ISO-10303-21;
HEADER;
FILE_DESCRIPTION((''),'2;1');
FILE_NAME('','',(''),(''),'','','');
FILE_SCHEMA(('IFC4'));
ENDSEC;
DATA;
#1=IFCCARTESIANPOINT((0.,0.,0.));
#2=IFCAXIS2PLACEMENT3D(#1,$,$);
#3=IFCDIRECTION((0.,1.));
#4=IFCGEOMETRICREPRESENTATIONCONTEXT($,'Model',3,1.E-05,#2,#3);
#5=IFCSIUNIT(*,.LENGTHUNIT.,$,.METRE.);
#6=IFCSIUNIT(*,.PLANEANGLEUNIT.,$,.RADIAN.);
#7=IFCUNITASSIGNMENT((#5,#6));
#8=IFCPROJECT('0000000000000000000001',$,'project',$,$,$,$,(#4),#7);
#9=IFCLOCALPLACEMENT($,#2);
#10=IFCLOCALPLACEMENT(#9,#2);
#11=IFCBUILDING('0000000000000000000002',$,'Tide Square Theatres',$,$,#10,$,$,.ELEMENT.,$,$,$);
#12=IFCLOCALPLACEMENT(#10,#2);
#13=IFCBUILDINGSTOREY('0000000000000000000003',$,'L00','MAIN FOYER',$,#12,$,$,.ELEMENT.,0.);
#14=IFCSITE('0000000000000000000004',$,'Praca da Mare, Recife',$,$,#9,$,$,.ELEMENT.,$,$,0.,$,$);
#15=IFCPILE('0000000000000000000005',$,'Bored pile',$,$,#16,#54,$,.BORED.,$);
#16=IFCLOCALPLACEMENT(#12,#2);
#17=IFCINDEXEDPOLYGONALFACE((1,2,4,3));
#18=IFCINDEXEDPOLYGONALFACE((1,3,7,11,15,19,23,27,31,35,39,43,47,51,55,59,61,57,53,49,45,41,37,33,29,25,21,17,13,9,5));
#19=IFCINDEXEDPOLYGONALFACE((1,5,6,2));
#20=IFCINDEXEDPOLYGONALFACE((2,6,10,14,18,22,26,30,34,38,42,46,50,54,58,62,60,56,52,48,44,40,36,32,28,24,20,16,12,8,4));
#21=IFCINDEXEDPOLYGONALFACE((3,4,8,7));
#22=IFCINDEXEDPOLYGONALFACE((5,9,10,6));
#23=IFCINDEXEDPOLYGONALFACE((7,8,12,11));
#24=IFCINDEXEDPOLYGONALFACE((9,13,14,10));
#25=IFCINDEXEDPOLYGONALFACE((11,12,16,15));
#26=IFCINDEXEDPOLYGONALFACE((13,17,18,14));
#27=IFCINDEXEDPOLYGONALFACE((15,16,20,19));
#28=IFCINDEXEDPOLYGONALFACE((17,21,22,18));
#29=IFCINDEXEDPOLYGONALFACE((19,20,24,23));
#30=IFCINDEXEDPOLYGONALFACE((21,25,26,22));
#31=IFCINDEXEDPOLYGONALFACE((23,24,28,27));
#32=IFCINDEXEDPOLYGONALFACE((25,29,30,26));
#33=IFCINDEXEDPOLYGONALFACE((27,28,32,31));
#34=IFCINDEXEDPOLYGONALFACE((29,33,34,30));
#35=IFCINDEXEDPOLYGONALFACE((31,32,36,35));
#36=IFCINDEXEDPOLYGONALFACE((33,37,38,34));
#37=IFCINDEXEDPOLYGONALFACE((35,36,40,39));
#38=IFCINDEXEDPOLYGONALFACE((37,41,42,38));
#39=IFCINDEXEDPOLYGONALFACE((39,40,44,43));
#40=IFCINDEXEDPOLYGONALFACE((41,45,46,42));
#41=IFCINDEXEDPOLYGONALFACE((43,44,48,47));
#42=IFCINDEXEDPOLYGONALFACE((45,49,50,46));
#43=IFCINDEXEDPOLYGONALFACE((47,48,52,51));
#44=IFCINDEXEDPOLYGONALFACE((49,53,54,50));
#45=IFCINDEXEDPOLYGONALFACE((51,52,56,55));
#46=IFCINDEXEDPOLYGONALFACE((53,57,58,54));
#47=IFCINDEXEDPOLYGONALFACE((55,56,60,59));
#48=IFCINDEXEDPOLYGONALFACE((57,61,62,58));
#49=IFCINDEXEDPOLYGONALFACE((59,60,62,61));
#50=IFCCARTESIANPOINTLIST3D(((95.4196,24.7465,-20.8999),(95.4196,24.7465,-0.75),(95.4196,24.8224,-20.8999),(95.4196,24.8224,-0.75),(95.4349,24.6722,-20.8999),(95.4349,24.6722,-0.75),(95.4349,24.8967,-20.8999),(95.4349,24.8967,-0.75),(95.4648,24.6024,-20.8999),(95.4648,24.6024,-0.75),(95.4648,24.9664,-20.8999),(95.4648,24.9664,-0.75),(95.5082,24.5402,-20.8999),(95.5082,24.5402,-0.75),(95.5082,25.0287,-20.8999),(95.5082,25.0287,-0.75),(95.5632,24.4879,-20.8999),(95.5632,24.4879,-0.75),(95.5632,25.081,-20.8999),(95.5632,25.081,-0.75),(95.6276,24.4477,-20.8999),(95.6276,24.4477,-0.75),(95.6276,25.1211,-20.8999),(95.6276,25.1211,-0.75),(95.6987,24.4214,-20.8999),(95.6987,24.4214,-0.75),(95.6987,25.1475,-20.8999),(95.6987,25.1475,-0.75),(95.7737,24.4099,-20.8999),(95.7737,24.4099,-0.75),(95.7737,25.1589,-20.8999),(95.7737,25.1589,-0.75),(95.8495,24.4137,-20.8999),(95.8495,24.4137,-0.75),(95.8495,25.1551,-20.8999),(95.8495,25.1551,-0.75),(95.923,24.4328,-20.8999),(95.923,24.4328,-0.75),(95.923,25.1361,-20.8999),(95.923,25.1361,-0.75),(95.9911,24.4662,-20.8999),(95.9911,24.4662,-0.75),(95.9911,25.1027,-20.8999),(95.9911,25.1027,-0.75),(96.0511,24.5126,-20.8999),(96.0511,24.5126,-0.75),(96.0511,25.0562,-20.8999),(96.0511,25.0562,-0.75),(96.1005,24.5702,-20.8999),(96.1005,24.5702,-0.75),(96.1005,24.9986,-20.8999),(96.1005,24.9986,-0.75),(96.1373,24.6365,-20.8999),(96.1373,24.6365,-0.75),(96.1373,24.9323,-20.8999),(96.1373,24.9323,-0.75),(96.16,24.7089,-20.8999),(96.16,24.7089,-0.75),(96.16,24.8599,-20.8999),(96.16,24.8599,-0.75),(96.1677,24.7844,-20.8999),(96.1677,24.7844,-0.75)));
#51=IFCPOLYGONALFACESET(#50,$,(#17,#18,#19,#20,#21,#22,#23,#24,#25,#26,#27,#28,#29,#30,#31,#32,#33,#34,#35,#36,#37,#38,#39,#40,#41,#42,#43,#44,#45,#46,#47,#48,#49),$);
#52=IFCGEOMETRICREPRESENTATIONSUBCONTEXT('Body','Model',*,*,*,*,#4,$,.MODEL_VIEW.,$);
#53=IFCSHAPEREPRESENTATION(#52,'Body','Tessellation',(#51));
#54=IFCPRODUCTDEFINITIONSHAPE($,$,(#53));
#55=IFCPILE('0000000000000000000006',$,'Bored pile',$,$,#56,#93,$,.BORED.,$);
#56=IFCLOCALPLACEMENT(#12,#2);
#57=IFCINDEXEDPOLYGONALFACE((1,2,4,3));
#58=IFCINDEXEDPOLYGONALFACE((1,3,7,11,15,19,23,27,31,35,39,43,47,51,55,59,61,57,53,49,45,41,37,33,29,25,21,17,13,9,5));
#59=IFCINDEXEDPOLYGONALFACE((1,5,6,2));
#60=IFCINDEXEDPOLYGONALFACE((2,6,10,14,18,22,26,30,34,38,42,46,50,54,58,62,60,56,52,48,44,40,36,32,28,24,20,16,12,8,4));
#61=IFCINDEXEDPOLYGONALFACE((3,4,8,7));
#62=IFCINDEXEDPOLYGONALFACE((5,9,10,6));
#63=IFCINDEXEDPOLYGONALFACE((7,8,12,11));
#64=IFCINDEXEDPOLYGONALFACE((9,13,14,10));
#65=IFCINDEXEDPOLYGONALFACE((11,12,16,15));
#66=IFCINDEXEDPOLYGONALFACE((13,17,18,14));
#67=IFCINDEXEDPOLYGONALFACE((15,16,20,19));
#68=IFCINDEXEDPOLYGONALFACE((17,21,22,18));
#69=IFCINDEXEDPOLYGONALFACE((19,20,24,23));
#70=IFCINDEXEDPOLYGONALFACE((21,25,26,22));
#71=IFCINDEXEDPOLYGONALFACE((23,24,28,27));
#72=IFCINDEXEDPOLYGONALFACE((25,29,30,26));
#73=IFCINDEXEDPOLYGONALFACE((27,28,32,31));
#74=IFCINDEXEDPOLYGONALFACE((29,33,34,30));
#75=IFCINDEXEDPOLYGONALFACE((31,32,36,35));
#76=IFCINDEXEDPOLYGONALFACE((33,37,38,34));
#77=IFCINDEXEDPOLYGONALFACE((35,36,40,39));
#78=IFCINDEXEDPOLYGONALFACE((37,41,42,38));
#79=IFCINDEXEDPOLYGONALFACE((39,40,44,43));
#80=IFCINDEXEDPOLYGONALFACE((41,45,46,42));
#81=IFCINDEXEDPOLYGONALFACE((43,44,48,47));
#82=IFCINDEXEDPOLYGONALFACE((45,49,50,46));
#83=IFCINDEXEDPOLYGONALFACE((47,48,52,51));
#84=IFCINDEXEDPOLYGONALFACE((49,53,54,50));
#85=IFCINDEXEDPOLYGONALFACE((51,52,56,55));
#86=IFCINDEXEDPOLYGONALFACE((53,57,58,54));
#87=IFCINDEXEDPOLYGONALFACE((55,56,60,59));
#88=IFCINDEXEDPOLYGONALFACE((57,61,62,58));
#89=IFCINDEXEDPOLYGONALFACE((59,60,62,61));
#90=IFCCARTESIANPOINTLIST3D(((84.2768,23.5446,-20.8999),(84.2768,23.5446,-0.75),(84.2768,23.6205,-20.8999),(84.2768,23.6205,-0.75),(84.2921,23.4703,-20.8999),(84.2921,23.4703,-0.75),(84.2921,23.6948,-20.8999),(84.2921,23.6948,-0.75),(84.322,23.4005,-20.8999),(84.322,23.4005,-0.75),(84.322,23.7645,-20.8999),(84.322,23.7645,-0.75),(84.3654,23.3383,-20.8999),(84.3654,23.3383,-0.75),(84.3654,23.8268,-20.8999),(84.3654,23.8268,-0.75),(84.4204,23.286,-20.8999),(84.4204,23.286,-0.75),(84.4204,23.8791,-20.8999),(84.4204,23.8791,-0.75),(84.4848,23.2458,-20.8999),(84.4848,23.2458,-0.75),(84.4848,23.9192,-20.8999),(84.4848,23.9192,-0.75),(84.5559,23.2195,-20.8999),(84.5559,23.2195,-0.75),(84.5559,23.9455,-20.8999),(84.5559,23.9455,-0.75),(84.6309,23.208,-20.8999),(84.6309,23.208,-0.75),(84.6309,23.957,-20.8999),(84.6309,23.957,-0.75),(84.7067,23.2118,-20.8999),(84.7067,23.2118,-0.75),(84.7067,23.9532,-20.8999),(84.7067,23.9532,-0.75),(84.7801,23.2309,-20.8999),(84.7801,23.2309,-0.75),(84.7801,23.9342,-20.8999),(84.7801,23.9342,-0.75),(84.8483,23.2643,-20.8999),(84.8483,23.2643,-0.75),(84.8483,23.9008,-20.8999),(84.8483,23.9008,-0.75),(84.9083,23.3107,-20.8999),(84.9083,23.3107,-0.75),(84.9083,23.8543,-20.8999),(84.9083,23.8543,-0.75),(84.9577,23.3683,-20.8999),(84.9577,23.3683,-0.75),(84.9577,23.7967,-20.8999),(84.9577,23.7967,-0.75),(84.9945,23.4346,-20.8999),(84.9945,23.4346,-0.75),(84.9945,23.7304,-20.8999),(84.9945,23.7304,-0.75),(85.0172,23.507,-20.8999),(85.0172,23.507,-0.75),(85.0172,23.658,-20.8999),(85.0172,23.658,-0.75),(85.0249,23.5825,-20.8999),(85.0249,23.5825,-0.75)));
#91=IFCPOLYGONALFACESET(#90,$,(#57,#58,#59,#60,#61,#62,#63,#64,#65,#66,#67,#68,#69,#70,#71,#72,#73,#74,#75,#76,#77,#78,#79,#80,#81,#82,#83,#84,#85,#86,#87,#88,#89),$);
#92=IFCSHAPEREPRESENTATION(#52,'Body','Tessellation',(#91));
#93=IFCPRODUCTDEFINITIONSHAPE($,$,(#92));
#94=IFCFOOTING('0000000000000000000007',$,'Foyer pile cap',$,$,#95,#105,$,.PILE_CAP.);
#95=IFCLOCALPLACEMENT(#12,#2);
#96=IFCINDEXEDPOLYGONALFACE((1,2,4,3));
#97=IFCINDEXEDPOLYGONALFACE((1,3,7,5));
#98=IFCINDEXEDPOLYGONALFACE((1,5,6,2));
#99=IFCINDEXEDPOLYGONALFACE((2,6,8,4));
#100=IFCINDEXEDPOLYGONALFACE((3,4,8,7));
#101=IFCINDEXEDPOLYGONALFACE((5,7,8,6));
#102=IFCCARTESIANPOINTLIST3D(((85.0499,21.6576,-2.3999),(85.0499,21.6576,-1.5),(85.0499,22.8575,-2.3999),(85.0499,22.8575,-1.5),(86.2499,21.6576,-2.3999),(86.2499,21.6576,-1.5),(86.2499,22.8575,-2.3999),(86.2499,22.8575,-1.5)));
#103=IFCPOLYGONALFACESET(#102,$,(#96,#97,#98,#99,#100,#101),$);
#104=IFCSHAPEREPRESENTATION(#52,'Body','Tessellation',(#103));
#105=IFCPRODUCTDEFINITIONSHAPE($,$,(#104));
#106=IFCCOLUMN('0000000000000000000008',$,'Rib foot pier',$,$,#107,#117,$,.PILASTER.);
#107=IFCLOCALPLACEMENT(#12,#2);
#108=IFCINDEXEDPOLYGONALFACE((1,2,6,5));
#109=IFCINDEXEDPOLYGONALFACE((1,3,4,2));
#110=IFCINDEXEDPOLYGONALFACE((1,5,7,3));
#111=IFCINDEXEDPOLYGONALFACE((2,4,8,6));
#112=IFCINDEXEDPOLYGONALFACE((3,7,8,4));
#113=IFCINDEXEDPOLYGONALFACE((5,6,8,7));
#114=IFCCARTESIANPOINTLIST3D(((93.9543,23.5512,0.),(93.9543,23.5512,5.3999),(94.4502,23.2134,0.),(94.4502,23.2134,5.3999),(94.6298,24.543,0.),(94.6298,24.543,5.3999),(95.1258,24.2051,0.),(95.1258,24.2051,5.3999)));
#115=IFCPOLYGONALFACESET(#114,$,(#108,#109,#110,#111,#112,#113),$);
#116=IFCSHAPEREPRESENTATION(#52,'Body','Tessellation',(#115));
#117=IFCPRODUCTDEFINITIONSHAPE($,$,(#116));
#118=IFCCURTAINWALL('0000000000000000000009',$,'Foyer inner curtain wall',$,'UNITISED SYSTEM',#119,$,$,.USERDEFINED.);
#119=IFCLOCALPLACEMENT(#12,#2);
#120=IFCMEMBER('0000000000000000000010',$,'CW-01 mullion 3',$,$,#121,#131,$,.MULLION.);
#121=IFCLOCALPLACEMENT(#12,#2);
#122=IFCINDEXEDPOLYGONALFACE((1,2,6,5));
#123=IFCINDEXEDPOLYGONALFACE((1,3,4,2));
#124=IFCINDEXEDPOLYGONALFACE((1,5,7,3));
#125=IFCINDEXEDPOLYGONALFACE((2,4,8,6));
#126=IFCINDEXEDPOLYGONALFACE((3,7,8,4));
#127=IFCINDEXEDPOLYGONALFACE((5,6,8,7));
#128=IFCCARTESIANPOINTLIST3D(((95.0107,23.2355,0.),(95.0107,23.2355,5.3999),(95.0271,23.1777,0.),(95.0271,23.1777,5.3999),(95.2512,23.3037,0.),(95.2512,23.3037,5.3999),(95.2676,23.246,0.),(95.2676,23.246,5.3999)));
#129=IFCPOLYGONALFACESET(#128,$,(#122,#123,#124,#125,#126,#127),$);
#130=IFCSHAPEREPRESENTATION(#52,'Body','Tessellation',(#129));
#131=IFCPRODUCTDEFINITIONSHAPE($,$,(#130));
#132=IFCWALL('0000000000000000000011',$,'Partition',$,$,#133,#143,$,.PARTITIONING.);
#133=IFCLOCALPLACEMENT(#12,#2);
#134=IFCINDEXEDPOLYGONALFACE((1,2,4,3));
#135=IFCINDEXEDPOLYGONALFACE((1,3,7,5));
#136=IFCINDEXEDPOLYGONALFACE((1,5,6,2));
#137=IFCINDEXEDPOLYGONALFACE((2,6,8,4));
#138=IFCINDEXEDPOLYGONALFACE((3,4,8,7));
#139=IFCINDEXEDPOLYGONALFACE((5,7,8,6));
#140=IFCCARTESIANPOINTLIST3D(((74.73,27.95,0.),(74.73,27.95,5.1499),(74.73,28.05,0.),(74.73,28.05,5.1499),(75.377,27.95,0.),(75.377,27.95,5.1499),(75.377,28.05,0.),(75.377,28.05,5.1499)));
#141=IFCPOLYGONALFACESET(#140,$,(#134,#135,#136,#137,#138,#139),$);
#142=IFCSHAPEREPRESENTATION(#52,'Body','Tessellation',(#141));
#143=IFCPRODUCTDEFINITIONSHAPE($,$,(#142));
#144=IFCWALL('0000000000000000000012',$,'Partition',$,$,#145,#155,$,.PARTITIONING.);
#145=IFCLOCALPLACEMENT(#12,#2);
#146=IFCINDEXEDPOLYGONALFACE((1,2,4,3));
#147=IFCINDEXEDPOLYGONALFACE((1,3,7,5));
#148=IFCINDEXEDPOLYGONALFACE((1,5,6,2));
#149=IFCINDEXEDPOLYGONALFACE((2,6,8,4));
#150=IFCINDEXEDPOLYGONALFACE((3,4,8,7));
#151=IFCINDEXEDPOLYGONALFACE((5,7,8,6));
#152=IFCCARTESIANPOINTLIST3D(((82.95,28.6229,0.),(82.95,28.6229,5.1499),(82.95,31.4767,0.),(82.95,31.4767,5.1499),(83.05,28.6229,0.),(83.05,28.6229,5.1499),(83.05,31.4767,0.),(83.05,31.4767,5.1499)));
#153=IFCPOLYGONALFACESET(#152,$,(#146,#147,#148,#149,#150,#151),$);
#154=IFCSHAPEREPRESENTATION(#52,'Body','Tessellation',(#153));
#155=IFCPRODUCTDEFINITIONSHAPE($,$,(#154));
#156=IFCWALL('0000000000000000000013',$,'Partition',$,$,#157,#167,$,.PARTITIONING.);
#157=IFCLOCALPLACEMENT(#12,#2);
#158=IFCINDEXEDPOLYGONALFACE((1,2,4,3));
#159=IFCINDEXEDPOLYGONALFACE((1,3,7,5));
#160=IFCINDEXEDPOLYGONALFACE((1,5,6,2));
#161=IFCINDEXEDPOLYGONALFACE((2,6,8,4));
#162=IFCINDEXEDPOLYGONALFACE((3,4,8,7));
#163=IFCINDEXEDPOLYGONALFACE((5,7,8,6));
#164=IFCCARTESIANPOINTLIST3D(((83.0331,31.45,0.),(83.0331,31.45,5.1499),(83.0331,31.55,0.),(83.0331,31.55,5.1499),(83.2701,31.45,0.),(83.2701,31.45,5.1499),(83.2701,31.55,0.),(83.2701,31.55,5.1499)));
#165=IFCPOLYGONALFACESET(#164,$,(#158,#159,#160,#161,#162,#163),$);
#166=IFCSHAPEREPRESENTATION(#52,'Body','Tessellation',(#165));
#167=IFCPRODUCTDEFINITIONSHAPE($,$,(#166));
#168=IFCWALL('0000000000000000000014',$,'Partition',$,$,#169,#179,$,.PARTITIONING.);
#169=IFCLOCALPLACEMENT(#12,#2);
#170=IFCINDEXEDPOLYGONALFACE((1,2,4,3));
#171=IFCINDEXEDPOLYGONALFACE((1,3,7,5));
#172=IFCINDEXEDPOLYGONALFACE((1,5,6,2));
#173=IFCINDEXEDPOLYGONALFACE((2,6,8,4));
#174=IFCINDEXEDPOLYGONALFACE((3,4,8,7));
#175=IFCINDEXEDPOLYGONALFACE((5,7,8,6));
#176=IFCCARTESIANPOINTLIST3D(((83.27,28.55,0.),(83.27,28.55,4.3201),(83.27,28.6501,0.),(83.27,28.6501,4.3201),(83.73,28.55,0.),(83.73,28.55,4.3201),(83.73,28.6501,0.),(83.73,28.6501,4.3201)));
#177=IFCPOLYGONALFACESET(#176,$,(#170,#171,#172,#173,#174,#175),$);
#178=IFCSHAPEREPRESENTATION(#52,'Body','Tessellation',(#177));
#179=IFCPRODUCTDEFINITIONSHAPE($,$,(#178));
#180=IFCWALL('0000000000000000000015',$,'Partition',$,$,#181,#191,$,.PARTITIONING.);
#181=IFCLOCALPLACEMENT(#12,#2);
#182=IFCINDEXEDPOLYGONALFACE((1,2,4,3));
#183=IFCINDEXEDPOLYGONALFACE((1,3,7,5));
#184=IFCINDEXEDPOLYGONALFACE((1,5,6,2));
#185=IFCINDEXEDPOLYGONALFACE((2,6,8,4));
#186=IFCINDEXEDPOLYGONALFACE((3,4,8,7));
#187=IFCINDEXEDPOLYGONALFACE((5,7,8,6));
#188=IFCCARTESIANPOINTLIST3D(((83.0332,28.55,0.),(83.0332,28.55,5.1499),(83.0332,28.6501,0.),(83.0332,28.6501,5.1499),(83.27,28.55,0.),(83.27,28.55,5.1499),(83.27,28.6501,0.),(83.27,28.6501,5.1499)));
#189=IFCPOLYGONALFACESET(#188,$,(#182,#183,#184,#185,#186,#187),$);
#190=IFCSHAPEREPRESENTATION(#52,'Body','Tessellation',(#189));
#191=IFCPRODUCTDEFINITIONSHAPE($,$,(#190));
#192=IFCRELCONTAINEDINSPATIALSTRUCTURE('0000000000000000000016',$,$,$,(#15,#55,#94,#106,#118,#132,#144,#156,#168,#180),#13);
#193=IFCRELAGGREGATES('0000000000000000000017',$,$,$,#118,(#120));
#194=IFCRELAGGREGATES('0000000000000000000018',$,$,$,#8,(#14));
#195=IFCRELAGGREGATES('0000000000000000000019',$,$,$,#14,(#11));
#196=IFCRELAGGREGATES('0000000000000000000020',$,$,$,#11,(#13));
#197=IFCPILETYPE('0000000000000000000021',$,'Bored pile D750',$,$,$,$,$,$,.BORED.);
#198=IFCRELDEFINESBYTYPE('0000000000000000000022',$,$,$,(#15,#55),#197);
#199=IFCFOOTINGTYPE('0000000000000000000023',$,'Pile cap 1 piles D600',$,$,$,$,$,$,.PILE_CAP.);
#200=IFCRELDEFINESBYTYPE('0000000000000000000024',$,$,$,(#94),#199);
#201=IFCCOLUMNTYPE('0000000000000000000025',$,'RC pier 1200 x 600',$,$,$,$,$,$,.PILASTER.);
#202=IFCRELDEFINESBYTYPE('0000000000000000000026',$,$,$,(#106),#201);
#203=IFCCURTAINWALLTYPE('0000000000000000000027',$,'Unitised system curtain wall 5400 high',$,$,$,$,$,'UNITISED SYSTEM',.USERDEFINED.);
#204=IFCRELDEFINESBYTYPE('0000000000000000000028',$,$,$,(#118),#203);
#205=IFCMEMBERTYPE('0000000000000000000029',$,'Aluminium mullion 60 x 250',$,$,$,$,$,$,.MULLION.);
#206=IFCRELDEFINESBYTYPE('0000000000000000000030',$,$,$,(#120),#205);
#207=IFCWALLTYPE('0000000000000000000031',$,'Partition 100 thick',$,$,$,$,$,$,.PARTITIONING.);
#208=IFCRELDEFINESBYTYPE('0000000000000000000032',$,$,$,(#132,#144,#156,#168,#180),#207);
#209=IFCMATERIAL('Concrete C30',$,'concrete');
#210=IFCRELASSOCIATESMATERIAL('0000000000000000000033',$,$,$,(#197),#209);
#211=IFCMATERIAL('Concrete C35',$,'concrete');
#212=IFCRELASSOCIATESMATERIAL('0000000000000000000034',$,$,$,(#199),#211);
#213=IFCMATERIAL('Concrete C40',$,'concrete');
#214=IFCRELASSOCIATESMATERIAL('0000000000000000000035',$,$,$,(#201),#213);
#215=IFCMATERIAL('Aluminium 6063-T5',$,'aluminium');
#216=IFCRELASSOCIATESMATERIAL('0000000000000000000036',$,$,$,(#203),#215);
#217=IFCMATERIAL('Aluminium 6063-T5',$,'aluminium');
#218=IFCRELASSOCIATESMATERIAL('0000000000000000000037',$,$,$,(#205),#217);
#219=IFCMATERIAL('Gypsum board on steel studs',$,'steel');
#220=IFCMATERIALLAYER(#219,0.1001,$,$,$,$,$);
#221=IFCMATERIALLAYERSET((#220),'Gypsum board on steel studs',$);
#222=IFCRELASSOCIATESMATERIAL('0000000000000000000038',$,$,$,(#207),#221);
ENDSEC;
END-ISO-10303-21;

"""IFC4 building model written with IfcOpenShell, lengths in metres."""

from ifc_helpers import new_model, si_unit, direction, frame, frame_2d, origin, origin_2d, place, context, subcontext, project, spatial, rectangle, circle, extrude, material, layer, layer_set, material_profile, profile_set, type_object, element, aggregate, save


model = new_model("IFC4")

# Units and contexts
model_context = context("Model", 3, precision=1e-05, world=origin(), true_north=direction((0.0, 1.0)))
body_context = subcontext(model_context, "Body", "Model", "MODEL_VIEW")
ifc_project = project(units=[si_unit("LENGTHUNIT", "METRE"), si_unit("PLANEANGLEUNIT", "RADIAN")], contexts=[model_context])

# Site, building, storey
site_placement = place(None, origin())
site = spatial("IfcSite", under=ifc_project, at=site_placement, Name="Praca da Mare, Recife", CompositionType="ELEMENT", RefElevation=0.0)
building_placement = place(site_placement, origin())
building = spatial("IfcBuilding", under=site, at=building_placement, Name="Tide Square Theatres", CompositionType="ELEMENT")
storey_placement = place(building_placement, origin())
storey = spatial("IfcBuildingStorey", under=building, at=storey_placement, Name="L00", Description="MAIN FOYER", CompositionType="ELEMENT", Elevation=0.0)

# Piles
ifc_material_1 = material(Name="Concrete C30", Category="concrete")
ifc_material_profile_1 = material_profile(ifc_material_1, circle(Radius=0.375, at=origin_2d()))
ifc_profile_set_1 = profile_set([ifc_material_profile_1], Name="Concrete C30")
pile_type_1 = type_object("IfcPileType", Name="Bored pile D750", PredefinedType="BORED", material=ifc_profile_set_1)
for number, where, z_axis, x_axis, name in (
    (1, (95.7927, 24.7844, -0.75), (0.0, 0.0, -1.0), (1.0, 0.0, 0.0), "Bored pile"),
    (2, (84.6499, 23.5825, -0.75), (0.0, 0.0, -1.0), (1.0, 0.0, 0.0), "Bored pile"),
):
    element("IfcPile", number, at=place(storey_placement, frame(where, z_axis=z_axis, x_axis=x_axis)), inside=storey, type_object=pile_type_1, Name=name, PredefinedType="BORED", context=body_context, shape_type="SweptSolid", body=[
        extrude(circle(Radius=0.375, at=origin_2d()), origin(), (0.0, 0.0, 1.0), 20.1499),
    ])

# Footing
ifc_material_2 = material(Name="Concrete C35", Category="concrete")
footing_type = type_object("IfcFootingType", Name="Pile cap 1 piles D600", PredefinedType="PILE_CAP", material=ifc_material_2)
footing_placement = place(storey_placement, frame((85.6499, 22.2576, -2.3999), z_axis=(0.0, 0.0, 1.0), x_axis=(1.0, 0.0, 0.0)))
element("IfcFooting", 3, at=footing_placement, inside=storey, type_object=footing_type, Name="Foyer pile cap", PredefinedType="PILE_CAP", context=body_context, shape_type="SweptSolid", body=[
    extrude(rectangle(XDim=1.2, YDim=1.2, at=origin_2d()), origin(), (0.0, 0.0, 1.0), 0.8999),
])

# Column
ifc_material_3 = material(Name="Concrete C40", Category="concrete")
ifc_material_profile_2 = material_profile(ifc_material_3, rectangle(XDim=1.2, YDim=0.6001, at=origin_2d()))
ifc_profile_set_2 = profile_set([ifc_material_profile_2], Name="Concrete C40")
column_type = type_object("IfcColumnType", Name="RC pier 1200 x 600", PredefinedType="PILASTER", material=ifc_profile_set_2)
column_placement = place(storey_placement, frame((94.54, 23.8782, 0.0), z_axis=(0.0, 0.0, 1.0), x_axis=(0.562978, 0.826472, 0.0)))
element("IfcColumn", 4, at=column_placement, inside=storey, type_object=column_type, Name="Rib foot pier", PredefinedType="PILASTER", context=body_context, shape_type="SweptSolid", body=[
    extrude(rectangle(XDim=1.2, YDim=0.6001, at=origin_2d()), origin(), (0.0, 0.0, 1.0), 5.3999),
])

# Curtain wall, member
ifc_material_4 = material(Name="Aluminium 6063-T5", Category="aluminium")
curtain_wall_type = type_object("IfcCurtainWallType", Name="Unitised system curtain wall 5400 high", ElementType="UNITISED SYSTEM", PredefinedType="USERDEFINED", material=ifc_material_4)
curtain_wall_placement = place(storey_placement, origin())
curtain_wall = element("IfcCurtainWall", 5, at=curtain_wall_placement, inside=storey, type_object=curtain_wall_type, Name="Foyer inner curtain wall", ObjectType="UNITISED SYSTEM", PredefinedType="USERDEFINED")
ifc_material_5 = material(Name="Aluminium 6063-T5", Category="aluminium")
ifc_material_profile_3 = material_profile(ifc_material_5, rectangle(XDim=0.0601, YDim=0.25, at=origin_2d()))
ifc_profile_set_3 = profile_set([ifc_material_profile_3], Name="Aluminium 6063-T5")
member_type = type_object("IfcMemberType", Name="Aluminium mullion 60 x 250", PredefinedType="MULLION", material=ifc_profile_set_3)
member_placement = place(storey_placement, frame((95.1392, 23.2407, 0.0), z_axis=(0.0, 0.0, 1.0), x_axis=(0.272976, -0.962021, 0.0)))
member = element("IfcMember", 6, at=member_placement, type_object=member_type, Name="CW-01 mullion 3", PredefinedType="MULLION", context=body_context, shape_type="SweptSolid", body=[
    extrude(rectangle(XDim=0.0601, YDim=0.25, at=origin_2d()), origin(), (0.0, 0.0, 1.0), 5.3999),
])
aggregate(curtain_wall, [member])

# Walls
ifc_material_6 = material(Name="Gypsum board on steel studs", Category="steel")
ifc_layer_1 = layer(ifc_material_6, 0.1001)
ifc_layer_set_1 = layer_set([ifc_layer_1], Name="Gypsum board on steel studs")
wall_type_1 = type_object("IfcWallType", Name="Partition 100 thick", PredefinedType="PARTITIONING", material=ifc_layer_set_1)
wall_1_placement = place(storey_placement, frame((75.377, 28.0, 0.0), z_axis=(0.0, 0.0, 1.0), x_axis=(-1.0, 0.0, 0.0)))
element("IfcWall", 7, at=wall_1_placement, inside=storey, type_object=wall_type_1, Name="Partition", PredefinedType="PARTITIONING", context=body_context, shape_type="SweptSolid", body=[
    extrude(rectangle(XDim=0.647, YDim=0.1001, at=frame_2d((0.3235, 0.0))), origin(), (0.0, 0.0, 1.0), 5.1499),
])
wall_2_placement = place(storey_placement, frame((83.0, 28.623, 0.0), z_axis=(0.0, 0.0, 1.0), x_axis=(0.0, 1.0, 0.0)))
element("IfcWall", 8, at=wall_2_placement, inside=storey, type_object=wall_type_1, Name="Partition", PredefinedType="PARTITIONING", context=body_context, shape_type="SweptSolid", body=[
    extrude(rectangle(XDim=2.8538, YDim=0.1001, at=frame_2d((1.4268, 0.0))), origin(), (0.0, 0.0, 1.0), 5.1499),
])
wall_3_placement = place(storey_placement, frame((83.033, 31.5, 0.0), z_axis=(0.0, 0.0, 1.0), x_axis=(1.0, 0.0, 0.0)))
element("IfcWall", 9, at=wall_3_placement, inside=storey, type_object=wall_type_1, Name="Partition", PredefinedType="PARTITIONING", context=body_context, shape_type="SweptSolid", body=[
    extrude(rectangle(XDim=0.2371, YDim=0.1001, at=frame_2d((0.1187, 0.0))), origin(), (0.0, 0.0, 1.0), 5.1499),
])
wall_4_placement = place(storey_placement, frame((83.73, 28.6001, 0.0), z_axis=(0.0, 0.0, 1.0), x_axis=(-1.0, 0.0, 0.0)))
element("IfcWall", 10, at=wall_4_placement, inside=storey, type_object=wall_type_1, Name="Partition", PredefinedType="PARTITIONING", context=body_context, shape_type="SweptSolid", body=[
    extrude(rectangle(XDim=0.46, YDim=0.1001, at=frame_2d((0.23, 0.0))), origin(), (0.0, 0.0, 1.0), 4.3201),
])
wall_5_placement = place(storey_placement, frame((83.27, 28.6001, 0.0), z_axis=(0.0, 0.0, 1.0), x_axis=(-1.0, 0.0, 0.0)))
element("IfcWall", 11, at=wall_5_placement, inside=storey, type_object=wall_type_1, Name="Partition", PredefinedType="PARTITIONING", context=body_context, shape_type="SweptSolid", body=[
    extrude(rectangle(XDim=0.2368, YDim=0.1001, at=frame_2d((0.1184, 0.0))), origin(), (0.0, 0.0, 1.0), 5.1499),
])

save(model, "model.ifc")
